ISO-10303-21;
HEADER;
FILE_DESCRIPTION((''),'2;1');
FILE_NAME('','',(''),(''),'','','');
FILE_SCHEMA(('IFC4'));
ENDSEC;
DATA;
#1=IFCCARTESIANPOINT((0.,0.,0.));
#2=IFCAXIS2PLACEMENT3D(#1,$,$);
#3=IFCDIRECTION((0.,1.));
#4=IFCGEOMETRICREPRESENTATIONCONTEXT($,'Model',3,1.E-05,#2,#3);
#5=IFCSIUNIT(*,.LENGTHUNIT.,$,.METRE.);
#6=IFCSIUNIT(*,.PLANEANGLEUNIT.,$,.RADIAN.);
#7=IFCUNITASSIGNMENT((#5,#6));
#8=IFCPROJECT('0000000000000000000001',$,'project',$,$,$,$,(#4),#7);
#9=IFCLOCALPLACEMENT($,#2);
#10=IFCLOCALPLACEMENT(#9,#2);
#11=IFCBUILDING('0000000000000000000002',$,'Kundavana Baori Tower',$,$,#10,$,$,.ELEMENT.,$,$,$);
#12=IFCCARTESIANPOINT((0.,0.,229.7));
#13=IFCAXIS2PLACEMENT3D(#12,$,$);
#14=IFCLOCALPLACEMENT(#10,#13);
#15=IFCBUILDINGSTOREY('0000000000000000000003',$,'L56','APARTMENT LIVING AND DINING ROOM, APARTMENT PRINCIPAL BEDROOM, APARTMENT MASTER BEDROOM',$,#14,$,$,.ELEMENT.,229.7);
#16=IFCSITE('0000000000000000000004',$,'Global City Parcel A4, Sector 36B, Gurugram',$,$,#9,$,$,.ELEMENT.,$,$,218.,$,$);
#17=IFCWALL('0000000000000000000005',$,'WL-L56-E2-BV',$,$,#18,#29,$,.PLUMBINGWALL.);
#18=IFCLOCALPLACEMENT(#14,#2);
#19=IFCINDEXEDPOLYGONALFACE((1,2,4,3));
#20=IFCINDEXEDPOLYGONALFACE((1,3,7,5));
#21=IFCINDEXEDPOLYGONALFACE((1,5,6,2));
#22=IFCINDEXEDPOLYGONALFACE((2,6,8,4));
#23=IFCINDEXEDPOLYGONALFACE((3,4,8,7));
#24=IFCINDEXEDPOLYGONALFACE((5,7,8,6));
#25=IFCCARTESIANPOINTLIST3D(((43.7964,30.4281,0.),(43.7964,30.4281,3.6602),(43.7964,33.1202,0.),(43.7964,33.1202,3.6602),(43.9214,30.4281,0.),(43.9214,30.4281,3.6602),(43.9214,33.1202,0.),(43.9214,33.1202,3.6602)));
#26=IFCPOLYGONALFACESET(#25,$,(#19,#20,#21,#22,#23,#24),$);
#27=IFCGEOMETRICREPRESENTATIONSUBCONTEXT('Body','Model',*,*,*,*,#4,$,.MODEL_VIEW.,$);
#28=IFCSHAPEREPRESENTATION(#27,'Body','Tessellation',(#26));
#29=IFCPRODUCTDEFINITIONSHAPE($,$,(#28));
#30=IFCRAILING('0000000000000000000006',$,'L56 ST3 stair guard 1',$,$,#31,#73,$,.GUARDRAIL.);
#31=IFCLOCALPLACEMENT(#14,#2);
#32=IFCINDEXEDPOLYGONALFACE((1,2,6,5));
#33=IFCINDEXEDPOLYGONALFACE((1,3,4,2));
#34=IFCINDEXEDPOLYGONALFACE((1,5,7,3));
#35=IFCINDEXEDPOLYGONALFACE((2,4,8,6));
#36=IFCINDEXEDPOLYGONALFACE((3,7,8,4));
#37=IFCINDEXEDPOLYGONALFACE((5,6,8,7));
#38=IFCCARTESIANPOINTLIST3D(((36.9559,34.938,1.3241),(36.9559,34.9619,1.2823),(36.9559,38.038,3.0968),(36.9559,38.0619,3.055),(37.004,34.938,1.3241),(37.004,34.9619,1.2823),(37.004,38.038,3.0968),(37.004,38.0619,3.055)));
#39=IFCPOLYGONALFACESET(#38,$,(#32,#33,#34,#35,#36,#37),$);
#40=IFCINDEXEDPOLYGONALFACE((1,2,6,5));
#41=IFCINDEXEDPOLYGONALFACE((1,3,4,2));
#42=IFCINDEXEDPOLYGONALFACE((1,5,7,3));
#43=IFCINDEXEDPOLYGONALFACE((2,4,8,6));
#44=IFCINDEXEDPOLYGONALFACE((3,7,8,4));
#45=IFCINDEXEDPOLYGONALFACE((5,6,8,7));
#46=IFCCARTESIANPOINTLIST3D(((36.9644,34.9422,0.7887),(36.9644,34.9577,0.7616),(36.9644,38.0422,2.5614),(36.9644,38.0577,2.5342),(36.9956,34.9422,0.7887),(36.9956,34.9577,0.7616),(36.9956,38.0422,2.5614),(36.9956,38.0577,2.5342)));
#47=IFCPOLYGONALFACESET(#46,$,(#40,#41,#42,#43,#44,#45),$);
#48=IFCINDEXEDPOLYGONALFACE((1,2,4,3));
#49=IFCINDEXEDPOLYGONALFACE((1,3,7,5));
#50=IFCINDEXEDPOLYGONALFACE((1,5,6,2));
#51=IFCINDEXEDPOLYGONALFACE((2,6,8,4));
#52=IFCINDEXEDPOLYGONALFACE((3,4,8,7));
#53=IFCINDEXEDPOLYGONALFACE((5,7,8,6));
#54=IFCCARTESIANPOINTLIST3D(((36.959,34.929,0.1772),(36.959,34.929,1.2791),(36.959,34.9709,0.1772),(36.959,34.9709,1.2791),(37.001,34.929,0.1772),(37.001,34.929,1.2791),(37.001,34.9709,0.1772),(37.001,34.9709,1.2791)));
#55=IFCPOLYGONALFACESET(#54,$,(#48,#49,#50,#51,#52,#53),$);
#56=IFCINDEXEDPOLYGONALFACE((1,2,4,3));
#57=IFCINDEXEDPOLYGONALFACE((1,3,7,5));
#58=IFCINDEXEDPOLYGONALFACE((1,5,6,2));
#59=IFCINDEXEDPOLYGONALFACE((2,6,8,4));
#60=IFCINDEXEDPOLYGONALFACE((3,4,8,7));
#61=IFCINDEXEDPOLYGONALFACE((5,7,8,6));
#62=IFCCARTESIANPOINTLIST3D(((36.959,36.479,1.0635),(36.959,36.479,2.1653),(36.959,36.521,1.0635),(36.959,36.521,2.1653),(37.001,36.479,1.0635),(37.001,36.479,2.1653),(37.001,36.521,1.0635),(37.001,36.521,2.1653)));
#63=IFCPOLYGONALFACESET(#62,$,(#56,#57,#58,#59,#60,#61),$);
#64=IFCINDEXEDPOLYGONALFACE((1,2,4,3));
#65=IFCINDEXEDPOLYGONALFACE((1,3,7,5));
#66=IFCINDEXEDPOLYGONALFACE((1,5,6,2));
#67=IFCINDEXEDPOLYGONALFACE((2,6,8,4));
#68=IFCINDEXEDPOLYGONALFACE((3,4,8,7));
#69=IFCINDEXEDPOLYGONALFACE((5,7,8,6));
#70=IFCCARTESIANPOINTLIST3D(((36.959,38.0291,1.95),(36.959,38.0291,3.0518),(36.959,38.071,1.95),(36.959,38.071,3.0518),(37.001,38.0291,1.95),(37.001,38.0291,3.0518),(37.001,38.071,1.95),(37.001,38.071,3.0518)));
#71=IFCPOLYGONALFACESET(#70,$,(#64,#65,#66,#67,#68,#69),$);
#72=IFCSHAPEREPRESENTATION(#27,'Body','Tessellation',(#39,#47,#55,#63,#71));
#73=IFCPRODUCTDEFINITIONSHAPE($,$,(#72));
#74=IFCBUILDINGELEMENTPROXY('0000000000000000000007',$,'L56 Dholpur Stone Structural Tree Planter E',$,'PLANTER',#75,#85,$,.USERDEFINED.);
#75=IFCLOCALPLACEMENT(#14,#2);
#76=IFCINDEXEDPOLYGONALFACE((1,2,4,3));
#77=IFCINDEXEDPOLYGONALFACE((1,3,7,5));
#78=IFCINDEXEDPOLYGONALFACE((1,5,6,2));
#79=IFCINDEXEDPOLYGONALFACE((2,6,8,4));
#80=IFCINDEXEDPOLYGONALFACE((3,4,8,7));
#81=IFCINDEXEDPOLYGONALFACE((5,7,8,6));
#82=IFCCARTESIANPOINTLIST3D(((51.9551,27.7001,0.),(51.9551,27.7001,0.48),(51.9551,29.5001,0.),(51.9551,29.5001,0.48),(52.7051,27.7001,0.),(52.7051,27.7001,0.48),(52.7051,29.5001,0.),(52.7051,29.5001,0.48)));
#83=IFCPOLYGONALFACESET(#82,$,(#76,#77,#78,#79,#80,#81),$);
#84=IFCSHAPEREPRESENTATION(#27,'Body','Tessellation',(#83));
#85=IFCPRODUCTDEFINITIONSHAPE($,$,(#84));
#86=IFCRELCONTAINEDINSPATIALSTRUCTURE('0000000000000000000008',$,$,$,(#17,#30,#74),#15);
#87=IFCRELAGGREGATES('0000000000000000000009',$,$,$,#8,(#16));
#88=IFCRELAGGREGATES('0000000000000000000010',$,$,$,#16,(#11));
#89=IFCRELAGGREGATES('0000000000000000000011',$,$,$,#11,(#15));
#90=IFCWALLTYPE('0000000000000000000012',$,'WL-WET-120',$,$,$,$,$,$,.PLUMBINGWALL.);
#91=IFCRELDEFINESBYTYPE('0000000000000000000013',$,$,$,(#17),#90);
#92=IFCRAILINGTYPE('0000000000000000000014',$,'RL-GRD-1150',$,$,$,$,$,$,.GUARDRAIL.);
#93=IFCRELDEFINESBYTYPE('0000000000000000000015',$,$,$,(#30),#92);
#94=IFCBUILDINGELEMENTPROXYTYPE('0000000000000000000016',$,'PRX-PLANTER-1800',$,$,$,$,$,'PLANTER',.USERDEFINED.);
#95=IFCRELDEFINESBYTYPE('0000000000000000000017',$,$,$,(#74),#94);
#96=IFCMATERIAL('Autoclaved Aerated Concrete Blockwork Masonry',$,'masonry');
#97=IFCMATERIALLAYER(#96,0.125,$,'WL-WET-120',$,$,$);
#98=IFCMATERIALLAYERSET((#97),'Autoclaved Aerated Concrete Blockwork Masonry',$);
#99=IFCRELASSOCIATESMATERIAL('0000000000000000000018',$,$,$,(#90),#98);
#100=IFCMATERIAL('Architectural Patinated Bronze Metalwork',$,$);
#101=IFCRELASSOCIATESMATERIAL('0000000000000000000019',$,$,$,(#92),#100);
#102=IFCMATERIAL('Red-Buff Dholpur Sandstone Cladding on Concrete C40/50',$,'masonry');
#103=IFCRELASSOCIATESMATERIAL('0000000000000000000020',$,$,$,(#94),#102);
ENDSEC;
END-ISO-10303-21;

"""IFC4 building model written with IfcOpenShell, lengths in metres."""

from ifc_helpers import new_model, si_unit, direction, frame, frame_2d, origin, origin_2d, place, context, subcontext, project, spatial, rectangle, extrude, material, layer, layer_set, type_object, element, save


model = new_model("IFC4")

# Units and contexts
model_context = context("Model", 3, precision=1e-05, world=origin(), true_north=direction((0.0, 1.0)))
body_context = subcontext(model_context, "Body", "Model", "MODEL_VIEW")
ifc_project = project(units=[si_unit("LENGTHUNIT", "METRE"), si_unit("PLANEANGLEUNIT", "RADIAN")], contexts=[model_context])

# Site, building, storey
site_placement = place(None, origin())
site = spatial("IfcSite", under=ifc_project, at=site_placement, Name="Global City Parcel A4, Sector 36B, Gurugram", CompositionType="ELEMENT", RefElevation=218.0)
building_placement = place(site_placement, origin())
building = spatial("IfcBuilding", under=site, at=building_placement, Name="Kundavana Baori Tower", CompositionType="ELEMENT")
storey_placement = place(building_placement, frame((0.0, 0.0, 229.7)))
storey = spatial("IfcBuildingStorey", under=building, at=storey_placement, Name="L56", Description="APARTMENT LIVING AND DINING ROOM, APARTMENT PRINCIPAL BEDROOM, APARTMENT MASTER BEDROOM", CompositionType="ELEMENT", Elevation=229.7)

# Shared definitions
ifc_material_1 = material(Name="Autoclaved Aerated Concrete Blockwork Masonry", Category="masonry")
ifc_layer_1 = layer(ifc_material_1, 0.125, Name="WL-WET-120")
ifc_layer_set_1 = layer_set([ifc_layer_1], Name="Autoclaved Aerated Concrete Blockwork Masonry")
wall_type_1 = type_object("IfcWallType", Name="WL-WET-120", PredefinedType="PLUMBINGWALL", material=ifc_layer_set_1)

# Wall
wall_1_placement = place(storey_placement, frame((43.8589, 30.428, 0.0), z_axis=(0.0, 0.0, 1.0), x_axis=(0.0, 1.0, 0.0)))
element("IfcWall", 1, at=wall_1_placement, inside=storey, type_object=wall_type_1, Name="WL-L56-E2-BV", PredefinedType="PLUMBINGWALL", context=body_context, shape_type="SweptSolid", body=[
    extrude(rectangle(XDim=2.6921, YDim=0.125, at=frame_2d((1.3462, 0.0))), origin(), (0.0, 0.0, 1.0), 3.6602),
])

# Railing
ifc_material_2 = material(Name="Architectural Patinated Bronze Metalwork")
railing_type = type_object("IfcRailingType", Name="RL-GRD-1150", PredefinedType="GUARDRAIL", material=ifc_material_2)
railing_placement = place(storey_placement, frame((36.98, 34.95, 0.1772)))
element("IfcRailing", 2, at=railing_placement, inside=storey, type_object=railing_type, Name="L56 ST3 stair guard 1", PredefinedType="GUARDRAIL", context=body_context, shape_type="SweptSolid", body=[
    extrude(rectangle(XDim=0.0481, YDim=0.0481, at=origin_2d()), frame((0.0, 0.0, 1.126), z_axis=(0.0, 0.868096, 0.496397), x_axis=(-1.0, 0.0, 0.0)), (0.0, 0.0, 1.0), 3.571),
    extrude(rectangle(XDim=0.0312, YDim=0.0312, at=origin_2d()), frame((0.0, 0.0, 0.5979), z_axis=(0.0, 0.868096, 0.496397), x_axis=(-1.0, 0.0, 0.0)), (0.0, 0.0, 1.0), 3.571),
    extrude(rectangle(XDim=0.042, YDim=0.042, at=origin_2d()), origin(), (0.0, 0.0, 1.0), 1.1018),
    extrude(rectangle(XDim=0.042, YDim=0.042, at=origin_2d()), frame((0.0, 1.55, 0.8862)), (0.0, 0.0, 1.0), 1.1018),
    extrude(rectangle(XDim=0.042, YDim=0.042, at=origin_2d()), frame((0.0, 3.1001, 1.7727)), (0.0, 0.0, 1.0), 1.1018),
])

# Building element proxy
ifc_material_3 = material(Name="Red-Buff Dholpur Sandstone Cladding on Concrete C40/50", Category="masonry")
building_element_proxy_type = type_object("IfcBuildingElementProxyType", Name="PRX-PLANTER-1800", ElementType="PLANTER", PredefinedType="USERDEFINED", material=ifc_material_3)
proxy_placement = place(storey_placement, frame((52.3301, 28.6001, 0.0), z_axis=(0.0, 0.0, 1.0), x_axis=(0.0, 1.0, 0.0)))
element("IfcBuildingElementProxy", 3, at=proxy_placement, inside=storey, type_object=building_element_proxy_type, Name="L56 Dholpur Stone Structural Tree Planter E", ObjectType="PLANTER", PredefinedType="USERDEFINED", context=body_context, shape_type="SweptSolid", body=[
    extrude(rectangle(XDim=1.8, YDim=0.75, at=origin_2d()), origin(), (0.0, 0.0, 1.0), 0.48),
])

save(model, "model.ifc")
